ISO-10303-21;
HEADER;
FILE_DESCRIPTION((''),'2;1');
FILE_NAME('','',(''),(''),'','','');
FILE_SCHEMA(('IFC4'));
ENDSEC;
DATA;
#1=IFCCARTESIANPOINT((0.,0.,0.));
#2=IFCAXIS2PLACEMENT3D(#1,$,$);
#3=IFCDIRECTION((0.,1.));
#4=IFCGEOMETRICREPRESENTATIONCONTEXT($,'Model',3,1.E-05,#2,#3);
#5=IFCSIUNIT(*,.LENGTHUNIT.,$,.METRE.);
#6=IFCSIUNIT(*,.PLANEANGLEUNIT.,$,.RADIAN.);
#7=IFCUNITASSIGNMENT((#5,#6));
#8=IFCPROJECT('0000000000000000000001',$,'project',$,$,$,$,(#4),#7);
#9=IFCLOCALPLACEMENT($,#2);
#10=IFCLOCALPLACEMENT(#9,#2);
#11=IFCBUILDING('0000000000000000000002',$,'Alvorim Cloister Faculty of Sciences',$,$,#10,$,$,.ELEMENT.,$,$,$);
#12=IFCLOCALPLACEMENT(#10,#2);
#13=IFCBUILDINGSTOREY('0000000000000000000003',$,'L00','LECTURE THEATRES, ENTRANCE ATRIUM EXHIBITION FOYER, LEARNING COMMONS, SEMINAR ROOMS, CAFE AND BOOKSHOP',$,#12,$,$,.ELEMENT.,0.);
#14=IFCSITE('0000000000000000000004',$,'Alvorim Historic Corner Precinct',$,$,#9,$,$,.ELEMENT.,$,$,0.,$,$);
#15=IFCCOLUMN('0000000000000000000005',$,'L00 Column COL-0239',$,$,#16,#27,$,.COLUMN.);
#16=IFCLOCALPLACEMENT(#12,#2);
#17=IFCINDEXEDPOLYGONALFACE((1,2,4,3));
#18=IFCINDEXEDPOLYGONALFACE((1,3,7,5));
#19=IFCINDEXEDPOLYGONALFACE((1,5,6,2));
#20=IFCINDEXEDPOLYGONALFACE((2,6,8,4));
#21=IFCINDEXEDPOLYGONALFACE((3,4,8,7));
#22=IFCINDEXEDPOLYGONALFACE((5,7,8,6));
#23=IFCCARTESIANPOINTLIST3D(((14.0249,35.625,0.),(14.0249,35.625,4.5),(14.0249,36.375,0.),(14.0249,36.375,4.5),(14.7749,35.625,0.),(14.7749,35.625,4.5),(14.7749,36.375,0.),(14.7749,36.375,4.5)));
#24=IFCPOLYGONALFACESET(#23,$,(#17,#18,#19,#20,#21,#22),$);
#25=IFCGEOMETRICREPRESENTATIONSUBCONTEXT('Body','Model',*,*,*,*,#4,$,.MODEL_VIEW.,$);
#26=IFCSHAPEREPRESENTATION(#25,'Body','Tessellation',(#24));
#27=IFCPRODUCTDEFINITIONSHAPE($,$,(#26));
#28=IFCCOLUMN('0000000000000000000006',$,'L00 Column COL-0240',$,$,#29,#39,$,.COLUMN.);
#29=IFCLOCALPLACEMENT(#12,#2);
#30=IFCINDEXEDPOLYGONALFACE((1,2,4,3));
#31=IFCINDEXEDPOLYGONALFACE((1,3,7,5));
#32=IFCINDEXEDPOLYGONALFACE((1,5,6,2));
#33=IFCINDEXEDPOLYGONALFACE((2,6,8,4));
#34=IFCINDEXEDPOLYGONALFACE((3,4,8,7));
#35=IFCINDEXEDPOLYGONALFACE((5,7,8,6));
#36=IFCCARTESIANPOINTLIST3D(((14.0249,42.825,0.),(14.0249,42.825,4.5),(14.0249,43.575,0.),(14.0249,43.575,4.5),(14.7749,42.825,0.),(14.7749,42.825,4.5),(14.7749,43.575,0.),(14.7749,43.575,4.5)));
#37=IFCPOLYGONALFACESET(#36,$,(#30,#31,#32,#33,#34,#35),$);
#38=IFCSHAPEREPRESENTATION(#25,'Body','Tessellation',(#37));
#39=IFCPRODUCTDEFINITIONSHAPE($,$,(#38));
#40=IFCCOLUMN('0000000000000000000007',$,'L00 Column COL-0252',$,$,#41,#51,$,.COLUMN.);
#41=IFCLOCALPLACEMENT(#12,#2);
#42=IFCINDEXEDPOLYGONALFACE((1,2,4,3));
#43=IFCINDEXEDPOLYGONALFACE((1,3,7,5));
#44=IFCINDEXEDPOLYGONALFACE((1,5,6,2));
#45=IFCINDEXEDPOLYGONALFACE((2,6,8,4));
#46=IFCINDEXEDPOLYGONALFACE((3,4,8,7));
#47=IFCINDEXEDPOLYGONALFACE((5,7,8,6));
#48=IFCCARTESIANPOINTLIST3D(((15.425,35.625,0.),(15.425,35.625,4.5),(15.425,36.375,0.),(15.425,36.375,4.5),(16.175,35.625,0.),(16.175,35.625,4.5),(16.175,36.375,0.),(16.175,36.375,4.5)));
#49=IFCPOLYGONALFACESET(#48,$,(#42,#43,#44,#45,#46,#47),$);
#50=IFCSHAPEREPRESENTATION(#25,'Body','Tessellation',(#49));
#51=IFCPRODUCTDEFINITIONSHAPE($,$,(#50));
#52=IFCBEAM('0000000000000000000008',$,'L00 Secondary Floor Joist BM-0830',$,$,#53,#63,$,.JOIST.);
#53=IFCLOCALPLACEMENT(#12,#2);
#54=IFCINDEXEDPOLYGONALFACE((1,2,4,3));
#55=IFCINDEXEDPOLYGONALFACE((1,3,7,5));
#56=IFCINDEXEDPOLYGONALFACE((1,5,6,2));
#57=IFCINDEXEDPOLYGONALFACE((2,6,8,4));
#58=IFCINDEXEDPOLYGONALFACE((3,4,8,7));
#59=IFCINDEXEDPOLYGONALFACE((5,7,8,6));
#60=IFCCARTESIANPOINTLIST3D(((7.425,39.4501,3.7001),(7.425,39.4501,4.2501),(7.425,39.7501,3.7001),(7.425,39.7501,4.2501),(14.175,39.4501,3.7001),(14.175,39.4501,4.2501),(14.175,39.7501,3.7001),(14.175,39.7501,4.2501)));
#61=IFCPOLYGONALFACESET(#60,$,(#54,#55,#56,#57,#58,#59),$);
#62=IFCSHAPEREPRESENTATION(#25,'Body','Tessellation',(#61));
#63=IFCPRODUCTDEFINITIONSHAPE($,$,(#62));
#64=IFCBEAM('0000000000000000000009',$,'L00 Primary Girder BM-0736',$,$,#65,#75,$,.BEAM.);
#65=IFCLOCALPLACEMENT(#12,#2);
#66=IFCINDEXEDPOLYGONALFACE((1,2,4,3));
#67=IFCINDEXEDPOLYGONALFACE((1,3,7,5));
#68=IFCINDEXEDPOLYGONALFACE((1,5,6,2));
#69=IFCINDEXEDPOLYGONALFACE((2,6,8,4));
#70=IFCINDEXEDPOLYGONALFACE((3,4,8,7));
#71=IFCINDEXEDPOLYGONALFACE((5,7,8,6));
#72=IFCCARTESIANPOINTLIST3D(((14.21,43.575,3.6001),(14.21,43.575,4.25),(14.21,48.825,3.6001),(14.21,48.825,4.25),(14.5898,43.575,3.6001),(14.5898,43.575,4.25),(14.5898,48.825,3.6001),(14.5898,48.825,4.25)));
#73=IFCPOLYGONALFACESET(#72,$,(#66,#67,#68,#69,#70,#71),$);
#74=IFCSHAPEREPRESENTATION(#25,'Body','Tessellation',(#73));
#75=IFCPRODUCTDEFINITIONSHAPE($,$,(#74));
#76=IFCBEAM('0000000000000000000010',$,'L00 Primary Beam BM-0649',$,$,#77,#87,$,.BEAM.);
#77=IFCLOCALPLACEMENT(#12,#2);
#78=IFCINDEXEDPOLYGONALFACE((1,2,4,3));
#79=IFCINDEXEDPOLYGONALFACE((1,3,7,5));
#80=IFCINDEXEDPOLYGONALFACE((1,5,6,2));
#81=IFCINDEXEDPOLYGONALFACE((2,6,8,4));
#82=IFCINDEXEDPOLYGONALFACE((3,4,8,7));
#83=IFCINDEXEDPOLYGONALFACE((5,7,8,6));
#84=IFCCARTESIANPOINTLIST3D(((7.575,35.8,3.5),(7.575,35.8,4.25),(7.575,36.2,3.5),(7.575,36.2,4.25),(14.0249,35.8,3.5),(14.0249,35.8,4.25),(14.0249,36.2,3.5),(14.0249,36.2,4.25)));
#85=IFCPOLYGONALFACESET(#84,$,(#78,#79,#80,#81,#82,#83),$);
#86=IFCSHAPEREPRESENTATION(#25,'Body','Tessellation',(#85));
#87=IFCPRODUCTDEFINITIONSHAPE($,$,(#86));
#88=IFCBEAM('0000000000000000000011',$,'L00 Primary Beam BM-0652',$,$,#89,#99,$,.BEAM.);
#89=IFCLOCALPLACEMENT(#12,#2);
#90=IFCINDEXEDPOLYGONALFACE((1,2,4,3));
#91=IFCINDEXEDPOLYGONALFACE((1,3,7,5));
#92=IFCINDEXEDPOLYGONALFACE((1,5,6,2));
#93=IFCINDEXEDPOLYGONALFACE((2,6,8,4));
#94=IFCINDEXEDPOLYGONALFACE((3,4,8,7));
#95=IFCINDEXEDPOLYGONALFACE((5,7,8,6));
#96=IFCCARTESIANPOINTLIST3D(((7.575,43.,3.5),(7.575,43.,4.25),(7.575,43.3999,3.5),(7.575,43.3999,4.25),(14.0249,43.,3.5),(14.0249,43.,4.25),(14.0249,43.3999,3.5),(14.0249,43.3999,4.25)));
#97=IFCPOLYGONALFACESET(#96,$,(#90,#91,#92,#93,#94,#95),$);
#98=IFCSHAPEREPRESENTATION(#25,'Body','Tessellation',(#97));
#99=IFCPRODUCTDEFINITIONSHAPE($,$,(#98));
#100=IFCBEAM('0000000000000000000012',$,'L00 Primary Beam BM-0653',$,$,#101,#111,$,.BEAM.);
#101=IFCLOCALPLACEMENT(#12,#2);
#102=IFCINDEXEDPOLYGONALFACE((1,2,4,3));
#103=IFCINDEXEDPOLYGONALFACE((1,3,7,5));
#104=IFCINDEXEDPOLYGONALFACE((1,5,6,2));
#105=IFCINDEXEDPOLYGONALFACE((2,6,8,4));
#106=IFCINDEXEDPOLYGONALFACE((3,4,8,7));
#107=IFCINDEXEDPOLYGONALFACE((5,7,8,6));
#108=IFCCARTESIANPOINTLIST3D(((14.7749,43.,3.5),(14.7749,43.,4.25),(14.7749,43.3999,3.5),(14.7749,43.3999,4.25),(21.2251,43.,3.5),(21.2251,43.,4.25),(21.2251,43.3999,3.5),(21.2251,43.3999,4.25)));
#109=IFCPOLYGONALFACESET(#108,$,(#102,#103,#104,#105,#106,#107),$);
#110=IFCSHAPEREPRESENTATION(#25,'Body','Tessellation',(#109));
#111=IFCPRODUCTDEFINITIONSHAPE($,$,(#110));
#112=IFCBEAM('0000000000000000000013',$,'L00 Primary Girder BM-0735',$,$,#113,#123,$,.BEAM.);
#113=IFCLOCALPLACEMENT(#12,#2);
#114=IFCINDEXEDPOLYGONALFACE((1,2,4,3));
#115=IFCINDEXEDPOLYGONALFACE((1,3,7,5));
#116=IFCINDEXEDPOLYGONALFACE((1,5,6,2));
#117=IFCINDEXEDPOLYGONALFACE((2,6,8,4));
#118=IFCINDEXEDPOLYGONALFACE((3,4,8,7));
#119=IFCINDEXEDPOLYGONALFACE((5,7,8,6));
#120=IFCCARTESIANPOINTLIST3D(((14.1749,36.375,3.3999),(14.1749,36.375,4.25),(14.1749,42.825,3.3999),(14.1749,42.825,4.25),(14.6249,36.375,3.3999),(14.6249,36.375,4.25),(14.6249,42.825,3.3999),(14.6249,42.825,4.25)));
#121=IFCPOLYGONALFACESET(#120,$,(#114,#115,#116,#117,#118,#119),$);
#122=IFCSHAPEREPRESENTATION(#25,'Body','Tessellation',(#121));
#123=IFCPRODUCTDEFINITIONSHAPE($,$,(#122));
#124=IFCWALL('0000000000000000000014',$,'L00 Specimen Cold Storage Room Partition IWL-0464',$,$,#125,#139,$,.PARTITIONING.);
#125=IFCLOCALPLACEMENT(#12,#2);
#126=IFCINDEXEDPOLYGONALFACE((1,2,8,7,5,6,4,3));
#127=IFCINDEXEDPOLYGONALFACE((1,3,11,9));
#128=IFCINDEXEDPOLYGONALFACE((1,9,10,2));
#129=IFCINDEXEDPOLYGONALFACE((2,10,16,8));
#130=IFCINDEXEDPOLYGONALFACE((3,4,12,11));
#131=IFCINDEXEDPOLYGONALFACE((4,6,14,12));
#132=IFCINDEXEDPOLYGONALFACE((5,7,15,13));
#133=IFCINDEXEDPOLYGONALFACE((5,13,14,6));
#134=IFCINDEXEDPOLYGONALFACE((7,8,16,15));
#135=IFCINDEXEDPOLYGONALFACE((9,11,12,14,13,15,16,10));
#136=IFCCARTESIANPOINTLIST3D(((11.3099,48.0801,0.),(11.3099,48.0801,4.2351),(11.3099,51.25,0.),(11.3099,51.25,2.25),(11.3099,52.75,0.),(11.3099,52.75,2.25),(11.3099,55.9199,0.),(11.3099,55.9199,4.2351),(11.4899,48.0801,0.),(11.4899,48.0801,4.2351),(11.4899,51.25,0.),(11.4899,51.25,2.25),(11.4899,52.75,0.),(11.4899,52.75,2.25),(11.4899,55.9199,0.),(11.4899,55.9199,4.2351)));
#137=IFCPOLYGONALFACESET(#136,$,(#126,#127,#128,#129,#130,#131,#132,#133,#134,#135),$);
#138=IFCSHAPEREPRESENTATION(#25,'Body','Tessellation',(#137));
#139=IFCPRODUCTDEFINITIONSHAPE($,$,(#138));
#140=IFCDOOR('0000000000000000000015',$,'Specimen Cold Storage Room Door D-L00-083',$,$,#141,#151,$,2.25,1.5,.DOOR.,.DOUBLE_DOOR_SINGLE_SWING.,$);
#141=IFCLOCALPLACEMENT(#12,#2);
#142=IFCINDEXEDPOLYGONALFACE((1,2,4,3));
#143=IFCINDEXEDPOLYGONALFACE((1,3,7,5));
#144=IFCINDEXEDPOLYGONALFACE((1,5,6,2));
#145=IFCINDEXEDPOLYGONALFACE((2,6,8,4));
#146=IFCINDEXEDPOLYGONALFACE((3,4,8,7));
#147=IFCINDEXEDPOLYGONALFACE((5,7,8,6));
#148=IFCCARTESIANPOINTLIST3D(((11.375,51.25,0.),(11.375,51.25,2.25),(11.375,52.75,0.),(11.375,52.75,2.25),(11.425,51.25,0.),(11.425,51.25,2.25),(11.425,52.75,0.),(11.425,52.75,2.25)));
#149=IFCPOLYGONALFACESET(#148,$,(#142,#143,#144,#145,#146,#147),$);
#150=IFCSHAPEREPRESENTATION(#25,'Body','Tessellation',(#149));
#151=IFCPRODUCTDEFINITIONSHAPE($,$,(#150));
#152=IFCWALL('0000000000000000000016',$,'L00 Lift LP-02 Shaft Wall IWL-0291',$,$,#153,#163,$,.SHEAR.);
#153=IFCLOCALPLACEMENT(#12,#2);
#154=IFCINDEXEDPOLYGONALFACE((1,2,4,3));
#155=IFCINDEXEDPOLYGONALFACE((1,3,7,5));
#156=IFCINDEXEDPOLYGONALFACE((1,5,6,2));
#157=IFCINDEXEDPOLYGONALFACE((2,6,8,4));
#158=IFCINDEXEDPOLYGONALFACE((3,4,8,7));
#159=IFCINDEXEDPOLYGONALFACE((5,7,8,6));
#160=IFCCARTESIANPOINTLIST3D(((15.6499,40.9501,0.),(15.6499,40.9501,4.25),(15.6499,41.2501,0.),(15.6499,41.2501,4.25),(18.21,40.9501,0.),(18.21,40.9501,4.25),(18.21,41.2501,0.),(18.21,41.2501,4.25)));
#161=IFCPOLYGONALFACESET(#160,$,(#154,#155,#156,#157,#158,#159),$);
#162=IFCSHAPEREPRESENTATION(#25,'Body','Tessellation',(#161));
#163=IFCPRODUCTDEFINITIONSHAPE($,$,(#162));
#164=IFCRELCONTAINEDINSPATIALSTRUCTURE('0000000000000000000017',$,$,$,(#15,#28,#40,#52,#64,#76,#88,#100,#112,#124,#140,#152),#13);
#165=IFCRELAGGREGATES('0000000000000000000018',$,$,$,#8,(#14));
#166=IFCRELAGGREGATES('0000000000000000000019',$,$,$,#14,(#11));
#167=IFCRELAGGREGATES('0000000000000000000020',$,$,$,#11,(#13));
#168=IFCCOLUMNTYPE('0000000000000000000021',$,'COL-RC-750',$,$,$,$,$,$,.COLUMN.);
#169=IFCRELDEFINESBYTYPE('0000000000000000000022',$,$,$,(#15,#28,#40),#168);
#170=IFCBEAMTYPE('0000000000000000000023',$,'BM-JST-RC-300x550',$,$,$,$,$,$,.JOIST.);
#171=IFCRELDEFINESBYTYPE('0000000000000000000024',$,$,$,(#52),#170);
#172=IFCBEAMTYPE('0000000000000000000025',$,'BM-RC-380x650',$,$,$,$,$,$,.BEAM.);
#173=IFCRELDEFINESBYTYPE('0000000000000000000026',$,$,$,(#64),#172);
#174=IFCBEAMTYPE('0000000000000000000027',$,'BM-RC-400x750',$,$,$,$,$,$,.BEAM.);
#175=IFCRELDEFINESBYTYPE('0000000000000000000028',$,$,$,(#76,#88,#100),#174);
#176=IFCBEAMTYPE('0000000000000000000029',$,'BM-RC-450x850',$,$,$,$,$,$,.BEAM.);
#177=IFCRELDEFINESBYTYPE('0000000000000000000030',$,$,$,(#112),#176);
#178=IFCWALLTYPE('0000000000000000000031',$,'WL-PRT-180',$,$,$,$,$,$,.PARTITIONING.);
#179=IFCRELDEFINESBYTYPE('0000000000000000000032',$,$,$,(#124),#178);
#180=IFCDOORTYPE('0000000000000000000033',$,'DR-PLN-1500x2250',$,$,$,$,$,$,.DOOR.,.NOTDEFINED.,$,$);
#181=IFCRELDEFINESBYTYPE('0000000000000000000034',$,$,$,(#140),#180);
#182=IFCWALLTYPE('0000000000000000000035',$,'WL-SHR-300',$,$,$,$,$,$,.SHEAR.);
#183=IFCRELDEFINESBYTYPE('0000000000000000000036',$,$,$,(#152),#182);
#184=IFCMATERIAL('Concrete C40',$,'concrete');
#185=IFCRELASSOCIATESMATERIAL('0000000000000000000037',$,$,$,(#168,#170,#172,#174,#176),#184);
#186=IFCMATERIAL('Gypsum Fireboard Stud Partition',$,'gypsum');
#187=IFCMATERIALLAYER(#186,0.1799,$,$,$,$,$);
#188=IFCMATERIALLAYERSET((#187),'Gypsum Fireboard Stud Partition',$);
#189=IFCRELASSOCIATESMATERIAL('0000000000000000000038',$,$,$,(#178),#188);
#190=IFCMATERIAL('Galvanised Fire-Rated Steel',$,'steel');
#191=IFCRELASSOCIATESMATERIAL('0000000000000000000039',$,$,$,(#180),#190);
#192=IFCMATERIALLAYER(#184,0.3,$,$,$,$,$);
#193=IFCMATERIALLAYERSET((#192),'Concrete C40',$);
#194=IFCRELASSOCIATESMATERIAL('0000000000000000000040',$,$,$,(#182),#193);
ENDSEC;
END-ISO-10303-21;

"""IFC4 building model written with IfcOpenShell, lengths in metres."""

from ifc_helpers import new_model, si_unit, direction, frame, frame_2d, origin, origin_2d, place, context, subcontext, project, spatial, rectangle, extrude, material, layer, layer_set, material_profile, profile_set, type_object, element, fill, save


model = new_model("IFC4")

# Units and contexts
model_context = context("Model", 3, precision=1e-05, world=origin(), true_north=direction((0.0, 1.0)))
body_context = subcontext(model_context, "Body", "Model", "MODEL_VIEW")
ifc_project = project(units=[si_unit("LENGTHUNIT", "METRE"), si_unit("PLANEANGLEUNIT", "RADIAN")], contexts=[model_context])

# Site, building, storey
site_placement = place(None, origin())
site = spatial("IfcSite", under=ifc_project, at=site_placement, Name="Alvorim Historic Corner Precinct", CompositionType="ELEMENT", RefElevation=0.0)
building_placement = place(site_placement, origin())
building = spatial("IfcBuilding", under=site, at=building_placement, Name="Alvorim Cloister Faculty of Sciences", CompositionType="ELEMENT")
storey_placement = place(building_placement, origin())
storey = spatial("IfcBuildingStorey", under=building, at=storey_placement, Name="L00", Description="LECTURE THEATRES, ENTRANCE ATRIUM EXHIBITION FOYER, LEARNING COMMONS, SEMINAR ROOMS, CAFE AND BOOKSHOP", CompositionType="ELEMENT", Elevation=0.0)

# Columns
ifc_material_1 = material(Name="Concrete C40", Category="concrete")
ifc_material_profile_1 = material_profile(ifc_material_1, rectangle(XDim=0.75, YDim=0.75, at=origin_2d()), Name="RC40-COL-750x750")
ifc_profile_set_1 = profile_set([ifc_material_profile_1], Name="Concrete C40")
column_type = type_object("IfcColumnType", Name="COL-RC-750", PredefinedType="COLUMN", material=ifc_profile_set_1)
for number, where, z_axis, x_axis, name in (
    (1, (14.3999, 36.0, 0.0), (0.0, 0.0, 1.0), (1.0, 0.0, 0.0), "L00 Column COL-0239"),
    (2, (14.3999, 43.2, 0.0), (0.0, 0.0, 1.0), (1.0, 0.0, 0.0), "L00 Column COL-0240"),
    (3, (15.8, 36.0, 0.0), (0.0, 0.0, 1.0), (1.0, 0.0, 0.0), "L00 Column COL-0252"),
):
    element("IfcColumn", number, at=place(storey_placement, frame(where, z_axis=z_axis, x_axis=x_axis)), inside=storey, type_object=column_type, Name=name, PredefinedType="COLUMN", context=body_context, shape_type="SweptSolid", body=[
        extrude(rectangle(XDim=0.75, YDim=0.75, at=origin_2d()), origin(), (0.0, 0.0, 1.0), 4.5),
    ])

# Beams
ifc_material_profile_2 = material_profile(ifc_material_1, rectangle(XDim=0.3, YDim=0.55, at=origin_2d()), Name="RC40-JST-300x550")
ifc_profile_set_2 = profile_set([ifc_material_profile_2], Name="Concrete C40")
beam_type_1 = type_object("IfcBeamType", Name="BM-JST-RC-300x550", PredefinedType="JOIST", material=ifc_profile_set_2)
beam_1_placement = place(storey_placement, frame((7.425, 39.6001, 3.9751), z_axis=(1.0, 0.0, 0.0), x_axis=(0.0, 1.0, 0.0)))
element("IfcBeam", 4, at=beam_1_placement, inside=storey, type_object=beam_type_1, Name="L00 Secondary Floor Joist BM-0830", PredefinedType="JOIST", context=body_context, shape_type="SweptSolid", body=[
    extrude(rectangle(XDim=0.3, YDim=0.55, at=origin_2d()), origin(), (0.0, 0.0, 1.0), 6.75),
])
ifc_material_profile_3 = material_profile(ifc_material_1, rectangle(XDim=0.3799, YDim=0.6499, at=origin_2d()), Name="RC40-BM-380x650")
ifc_profile_set_3 = profile_set([ifc_material_profile_3], Name="Concrete C40")
beam_type_2 = type_object("IfcBeamType", Name="BM-RC-380x650", PredefinedType="BEAM", material=ifc_profile_set_3)
beam_2_placement = place(storey_placement, frame((14.3999, 43.575, 3.925), z_axis=(0.0, 1.0, 0.0), x_axis=(-1.0, 0.0, 0.0)))
element("IfcBeam", 5, at=beam_2_placement, inside=storey, type_object=beam_type_2, Name="L00 Primary Girder BM-0736", PredefinedType="BEAM", context=body_context, shape_type="SweptSolid", body=[
    extrude(rectangle(XDim=0.3799, YDim=0.6499, at=origin_2d()), origin(), (0.0, 0.0, 1.0), 5.25),
])
ifc_material_profile_4 = material_profile(ifc_material_1, rectangle(XDim=0.3999, YDim=0.75, at=origin_2d()), Name="RC40-BM-400x750")
ifc_profile_set_4 = profile_set([ifc_material_profile_4], Name="Concrete C40")
beam_type_3 = type_object("IfcBeamType", Name="BM-RC-400x750", PredefinedType="BEAM", material=ifc_profile_set_4)
for number, where, z_axis, x_axis, name in (
    (6, (7.575, 36.0, 3.875), (1.0, 0.0, 0.0), (0.0, 1.0, 0.0), "L00 Primary Beam BM-0649"),
    (7, (7.575, 43.2, 3.875), (1.0, 0.0, 0.0), (0.0, 1.0, 0.0), "L00 Primary Beam BM-0652"),
):
    element("IfcBeam", number, at=place(storey_placement, frame(where, z_axis=z_axis, x_axis=x_axis)), inside=storey, type_object=beam_type_3, Name=name, PredefinedType="BEAM", context=body_context, shape_type="SweptSolid", body=[
        extrude(rectangle(XDim=0.3999, YDim=0.75, at=origin_2d()), origin(), (0.0, 0.0, 1.0), 6.45),
    ])
beam_3_placement = place(storey_placement, frame((14.7749, 43.2, 3.875), z_axis=(1.0, 0.0, 0.0), x_axis=(0.0, 1.0, 0.0)))
element("IfcBeam", 8, at=beam_3_placement, inside=storey, type_object=beam_type_3, Name="L00 Primary Beam BM-0653", PredefinedType="BEAM", context=body_context, shape_type="SweptSolid", body=[
    extrude(rectangle(XDim=0.3999, YDim=0.75, at=origin_2d()), origin(), (0.0, 0.0, 1.0), 6.4502),
])
ifc_material_profile_5 = material_profile(ifc_material_1, rectangle(XDim=0.45, YDim=0.8501, at=origin_2d()), Name="RC40-BM-450x850")
ifc_profile_set_5 = profile_set([ifc_material_profile_5], Name="Concrete C40")
beam_type_4 = type_object("IfcBeamType", Name="BM-RC-450x850", PredefinedType="BEAM", material=ifc_profile_set_5)
beam_4_placement = place(storey_placement, frame((14.3999, 36.375, 3.825), z_axis=(0.0, 1.0, 0.0), x_axis=(-1.0, 0.0, 0.0)))
element("IfcBeam", 9, at=beam_4_placement, inside=storey, type_object=beam_type_4, Name="L00 Primary Girder BM-0735", PredefinedType="BEAM", context=body_context, shape_type="SweptSolid", body=[
    extrude(rectangle(XDim=0.45, YDim=0.8501, at=origin_2d()), origin(), (0.0, 0.0, 1.0), 6.45),
])

# Wall, opening, door
ifc_material_2 = material(Name="Gypsum Fireboard Stud Partition", Category="gypsum")
ifc_layer_1 = layer(ifc_material_2, 0.1799)
ifc_layer_set_1 = layer_set([ifc_layer_1], Name="Gypsum Fireboard Stud Partition")
wall_type_1 = type_object("IfcWallType", Name="WL-PRT-180", PredefinedType="PARTITIONING", material=ifc_layer_set_1)
wall_1_placement = place(storey_placement, frame((11.3999, 48.0801, 0.0), z_axis=(0.0, 0.0, 1.0), x_axis=(0.0, 1.0, 0.0)))
wall_1 = element("IfcWall", 10, at=wall_1_placement, inside=storey, type_object=wall_type_1, Name="L00 Specimen Cold Storage Room Partition IWL-0464", PredefinedType="PARTITIONING", context=body_context, shape_type="SweptSolid", body=[
    extrude(rectangle(XDim=7.8398, YDim=0.1799, at=frame_2d((3.9199, 0.0))), origin(), (0.0, 0.0, 1.0), 4.2351),
])
opening_1_placement = place(wall_1_placement, frame((3.1699, 0.0, 0.0)))
opening_1 = element("IfcOpeningElement", 11, at=opening_1_placement, cuts=wall_1, PredefinedType="OPENING", context=body_context, shape_type="SweptSolid", body=[
    extrude(rectangle(XDim=1.5, YDim=2.25, at=frame_2d((0.75, 1.125))), frame((0.0, 0.1021, 0.0), z_axis=(0.0, -1.0, 0.0), x_axis=(1.0, 0.0, 0.0)), (0.0, 0.0, 1.0), 0.2039),
])
ifc_material_3 = material(Name="Galvanised Fire-Rated Steel", Category="steel")
door_type_1 = type_object("IfcDoorType", Name="DR-PLN-1500x2250", OperationType="NOTDEFINED", PredefinedType="DOOR", material=ifc_material_3)
door_1_placement = place(opening_1_placement, origin())
door_1 = element("IfcDoor", 12, at=door_1_placement, inside=storey, type_object=door_type_1, Name="Specimen Cold Storage Room Door D-L00-083", OperationType="DOUBLE_DOOR_SINGLE_SWING", OverallHeight=2.25, OverallWidth=1.5, PredefinedType="DOOR", context=body_context, shape_type="SweptSolid", body=[
    extrude(rectangle(XDim=1.5, YDim=2.25, at=frame_2d((0.75, 1.125))), frame((0.0, 0.0249, 0.0), z_axis=(0.0, -1.0, 0.0), x_axis=(1.0, 0.0, 0.0)), (0.0, 0.0, 1.0), 0.05),
])
fill(opening_1, door_1)

# Wall
ifc_layer_2 = layer(ifc_material_1, 0.3)
ifc_layer_set_2 = layer_set([ifc_layer_2], Name="Concrete C40")
wall_type_2 = type_object("IfcWallType", Name="WL-SHR-300", PredefinedType="SHEAR", material=ifc_layer_set_2)
wall_2_placement = place(storey_placement, frame((15.6499, 41.1001, 0.0), z_axis=(0.0, 0.0, 1.0), x_axis=(1.0, 0.0, 0.0)))
element("IfcWall", 13, at=wall_2_placement, inside=storey, type_object=wall_type_2, Name="L00 Lift LP-02 Shaft Wall IWL-0291", PredefinedType="SHEAR", context=body_context, shape_type="SweptSolid", body=[
    extrude(rectangle(XDim=2.5601, YDim=0.3, at=frame_2d((1.28, 0.0))), origin(), (0.0, 0.0, 1.0), 4.25),
])

save(model, "model.ifc")
